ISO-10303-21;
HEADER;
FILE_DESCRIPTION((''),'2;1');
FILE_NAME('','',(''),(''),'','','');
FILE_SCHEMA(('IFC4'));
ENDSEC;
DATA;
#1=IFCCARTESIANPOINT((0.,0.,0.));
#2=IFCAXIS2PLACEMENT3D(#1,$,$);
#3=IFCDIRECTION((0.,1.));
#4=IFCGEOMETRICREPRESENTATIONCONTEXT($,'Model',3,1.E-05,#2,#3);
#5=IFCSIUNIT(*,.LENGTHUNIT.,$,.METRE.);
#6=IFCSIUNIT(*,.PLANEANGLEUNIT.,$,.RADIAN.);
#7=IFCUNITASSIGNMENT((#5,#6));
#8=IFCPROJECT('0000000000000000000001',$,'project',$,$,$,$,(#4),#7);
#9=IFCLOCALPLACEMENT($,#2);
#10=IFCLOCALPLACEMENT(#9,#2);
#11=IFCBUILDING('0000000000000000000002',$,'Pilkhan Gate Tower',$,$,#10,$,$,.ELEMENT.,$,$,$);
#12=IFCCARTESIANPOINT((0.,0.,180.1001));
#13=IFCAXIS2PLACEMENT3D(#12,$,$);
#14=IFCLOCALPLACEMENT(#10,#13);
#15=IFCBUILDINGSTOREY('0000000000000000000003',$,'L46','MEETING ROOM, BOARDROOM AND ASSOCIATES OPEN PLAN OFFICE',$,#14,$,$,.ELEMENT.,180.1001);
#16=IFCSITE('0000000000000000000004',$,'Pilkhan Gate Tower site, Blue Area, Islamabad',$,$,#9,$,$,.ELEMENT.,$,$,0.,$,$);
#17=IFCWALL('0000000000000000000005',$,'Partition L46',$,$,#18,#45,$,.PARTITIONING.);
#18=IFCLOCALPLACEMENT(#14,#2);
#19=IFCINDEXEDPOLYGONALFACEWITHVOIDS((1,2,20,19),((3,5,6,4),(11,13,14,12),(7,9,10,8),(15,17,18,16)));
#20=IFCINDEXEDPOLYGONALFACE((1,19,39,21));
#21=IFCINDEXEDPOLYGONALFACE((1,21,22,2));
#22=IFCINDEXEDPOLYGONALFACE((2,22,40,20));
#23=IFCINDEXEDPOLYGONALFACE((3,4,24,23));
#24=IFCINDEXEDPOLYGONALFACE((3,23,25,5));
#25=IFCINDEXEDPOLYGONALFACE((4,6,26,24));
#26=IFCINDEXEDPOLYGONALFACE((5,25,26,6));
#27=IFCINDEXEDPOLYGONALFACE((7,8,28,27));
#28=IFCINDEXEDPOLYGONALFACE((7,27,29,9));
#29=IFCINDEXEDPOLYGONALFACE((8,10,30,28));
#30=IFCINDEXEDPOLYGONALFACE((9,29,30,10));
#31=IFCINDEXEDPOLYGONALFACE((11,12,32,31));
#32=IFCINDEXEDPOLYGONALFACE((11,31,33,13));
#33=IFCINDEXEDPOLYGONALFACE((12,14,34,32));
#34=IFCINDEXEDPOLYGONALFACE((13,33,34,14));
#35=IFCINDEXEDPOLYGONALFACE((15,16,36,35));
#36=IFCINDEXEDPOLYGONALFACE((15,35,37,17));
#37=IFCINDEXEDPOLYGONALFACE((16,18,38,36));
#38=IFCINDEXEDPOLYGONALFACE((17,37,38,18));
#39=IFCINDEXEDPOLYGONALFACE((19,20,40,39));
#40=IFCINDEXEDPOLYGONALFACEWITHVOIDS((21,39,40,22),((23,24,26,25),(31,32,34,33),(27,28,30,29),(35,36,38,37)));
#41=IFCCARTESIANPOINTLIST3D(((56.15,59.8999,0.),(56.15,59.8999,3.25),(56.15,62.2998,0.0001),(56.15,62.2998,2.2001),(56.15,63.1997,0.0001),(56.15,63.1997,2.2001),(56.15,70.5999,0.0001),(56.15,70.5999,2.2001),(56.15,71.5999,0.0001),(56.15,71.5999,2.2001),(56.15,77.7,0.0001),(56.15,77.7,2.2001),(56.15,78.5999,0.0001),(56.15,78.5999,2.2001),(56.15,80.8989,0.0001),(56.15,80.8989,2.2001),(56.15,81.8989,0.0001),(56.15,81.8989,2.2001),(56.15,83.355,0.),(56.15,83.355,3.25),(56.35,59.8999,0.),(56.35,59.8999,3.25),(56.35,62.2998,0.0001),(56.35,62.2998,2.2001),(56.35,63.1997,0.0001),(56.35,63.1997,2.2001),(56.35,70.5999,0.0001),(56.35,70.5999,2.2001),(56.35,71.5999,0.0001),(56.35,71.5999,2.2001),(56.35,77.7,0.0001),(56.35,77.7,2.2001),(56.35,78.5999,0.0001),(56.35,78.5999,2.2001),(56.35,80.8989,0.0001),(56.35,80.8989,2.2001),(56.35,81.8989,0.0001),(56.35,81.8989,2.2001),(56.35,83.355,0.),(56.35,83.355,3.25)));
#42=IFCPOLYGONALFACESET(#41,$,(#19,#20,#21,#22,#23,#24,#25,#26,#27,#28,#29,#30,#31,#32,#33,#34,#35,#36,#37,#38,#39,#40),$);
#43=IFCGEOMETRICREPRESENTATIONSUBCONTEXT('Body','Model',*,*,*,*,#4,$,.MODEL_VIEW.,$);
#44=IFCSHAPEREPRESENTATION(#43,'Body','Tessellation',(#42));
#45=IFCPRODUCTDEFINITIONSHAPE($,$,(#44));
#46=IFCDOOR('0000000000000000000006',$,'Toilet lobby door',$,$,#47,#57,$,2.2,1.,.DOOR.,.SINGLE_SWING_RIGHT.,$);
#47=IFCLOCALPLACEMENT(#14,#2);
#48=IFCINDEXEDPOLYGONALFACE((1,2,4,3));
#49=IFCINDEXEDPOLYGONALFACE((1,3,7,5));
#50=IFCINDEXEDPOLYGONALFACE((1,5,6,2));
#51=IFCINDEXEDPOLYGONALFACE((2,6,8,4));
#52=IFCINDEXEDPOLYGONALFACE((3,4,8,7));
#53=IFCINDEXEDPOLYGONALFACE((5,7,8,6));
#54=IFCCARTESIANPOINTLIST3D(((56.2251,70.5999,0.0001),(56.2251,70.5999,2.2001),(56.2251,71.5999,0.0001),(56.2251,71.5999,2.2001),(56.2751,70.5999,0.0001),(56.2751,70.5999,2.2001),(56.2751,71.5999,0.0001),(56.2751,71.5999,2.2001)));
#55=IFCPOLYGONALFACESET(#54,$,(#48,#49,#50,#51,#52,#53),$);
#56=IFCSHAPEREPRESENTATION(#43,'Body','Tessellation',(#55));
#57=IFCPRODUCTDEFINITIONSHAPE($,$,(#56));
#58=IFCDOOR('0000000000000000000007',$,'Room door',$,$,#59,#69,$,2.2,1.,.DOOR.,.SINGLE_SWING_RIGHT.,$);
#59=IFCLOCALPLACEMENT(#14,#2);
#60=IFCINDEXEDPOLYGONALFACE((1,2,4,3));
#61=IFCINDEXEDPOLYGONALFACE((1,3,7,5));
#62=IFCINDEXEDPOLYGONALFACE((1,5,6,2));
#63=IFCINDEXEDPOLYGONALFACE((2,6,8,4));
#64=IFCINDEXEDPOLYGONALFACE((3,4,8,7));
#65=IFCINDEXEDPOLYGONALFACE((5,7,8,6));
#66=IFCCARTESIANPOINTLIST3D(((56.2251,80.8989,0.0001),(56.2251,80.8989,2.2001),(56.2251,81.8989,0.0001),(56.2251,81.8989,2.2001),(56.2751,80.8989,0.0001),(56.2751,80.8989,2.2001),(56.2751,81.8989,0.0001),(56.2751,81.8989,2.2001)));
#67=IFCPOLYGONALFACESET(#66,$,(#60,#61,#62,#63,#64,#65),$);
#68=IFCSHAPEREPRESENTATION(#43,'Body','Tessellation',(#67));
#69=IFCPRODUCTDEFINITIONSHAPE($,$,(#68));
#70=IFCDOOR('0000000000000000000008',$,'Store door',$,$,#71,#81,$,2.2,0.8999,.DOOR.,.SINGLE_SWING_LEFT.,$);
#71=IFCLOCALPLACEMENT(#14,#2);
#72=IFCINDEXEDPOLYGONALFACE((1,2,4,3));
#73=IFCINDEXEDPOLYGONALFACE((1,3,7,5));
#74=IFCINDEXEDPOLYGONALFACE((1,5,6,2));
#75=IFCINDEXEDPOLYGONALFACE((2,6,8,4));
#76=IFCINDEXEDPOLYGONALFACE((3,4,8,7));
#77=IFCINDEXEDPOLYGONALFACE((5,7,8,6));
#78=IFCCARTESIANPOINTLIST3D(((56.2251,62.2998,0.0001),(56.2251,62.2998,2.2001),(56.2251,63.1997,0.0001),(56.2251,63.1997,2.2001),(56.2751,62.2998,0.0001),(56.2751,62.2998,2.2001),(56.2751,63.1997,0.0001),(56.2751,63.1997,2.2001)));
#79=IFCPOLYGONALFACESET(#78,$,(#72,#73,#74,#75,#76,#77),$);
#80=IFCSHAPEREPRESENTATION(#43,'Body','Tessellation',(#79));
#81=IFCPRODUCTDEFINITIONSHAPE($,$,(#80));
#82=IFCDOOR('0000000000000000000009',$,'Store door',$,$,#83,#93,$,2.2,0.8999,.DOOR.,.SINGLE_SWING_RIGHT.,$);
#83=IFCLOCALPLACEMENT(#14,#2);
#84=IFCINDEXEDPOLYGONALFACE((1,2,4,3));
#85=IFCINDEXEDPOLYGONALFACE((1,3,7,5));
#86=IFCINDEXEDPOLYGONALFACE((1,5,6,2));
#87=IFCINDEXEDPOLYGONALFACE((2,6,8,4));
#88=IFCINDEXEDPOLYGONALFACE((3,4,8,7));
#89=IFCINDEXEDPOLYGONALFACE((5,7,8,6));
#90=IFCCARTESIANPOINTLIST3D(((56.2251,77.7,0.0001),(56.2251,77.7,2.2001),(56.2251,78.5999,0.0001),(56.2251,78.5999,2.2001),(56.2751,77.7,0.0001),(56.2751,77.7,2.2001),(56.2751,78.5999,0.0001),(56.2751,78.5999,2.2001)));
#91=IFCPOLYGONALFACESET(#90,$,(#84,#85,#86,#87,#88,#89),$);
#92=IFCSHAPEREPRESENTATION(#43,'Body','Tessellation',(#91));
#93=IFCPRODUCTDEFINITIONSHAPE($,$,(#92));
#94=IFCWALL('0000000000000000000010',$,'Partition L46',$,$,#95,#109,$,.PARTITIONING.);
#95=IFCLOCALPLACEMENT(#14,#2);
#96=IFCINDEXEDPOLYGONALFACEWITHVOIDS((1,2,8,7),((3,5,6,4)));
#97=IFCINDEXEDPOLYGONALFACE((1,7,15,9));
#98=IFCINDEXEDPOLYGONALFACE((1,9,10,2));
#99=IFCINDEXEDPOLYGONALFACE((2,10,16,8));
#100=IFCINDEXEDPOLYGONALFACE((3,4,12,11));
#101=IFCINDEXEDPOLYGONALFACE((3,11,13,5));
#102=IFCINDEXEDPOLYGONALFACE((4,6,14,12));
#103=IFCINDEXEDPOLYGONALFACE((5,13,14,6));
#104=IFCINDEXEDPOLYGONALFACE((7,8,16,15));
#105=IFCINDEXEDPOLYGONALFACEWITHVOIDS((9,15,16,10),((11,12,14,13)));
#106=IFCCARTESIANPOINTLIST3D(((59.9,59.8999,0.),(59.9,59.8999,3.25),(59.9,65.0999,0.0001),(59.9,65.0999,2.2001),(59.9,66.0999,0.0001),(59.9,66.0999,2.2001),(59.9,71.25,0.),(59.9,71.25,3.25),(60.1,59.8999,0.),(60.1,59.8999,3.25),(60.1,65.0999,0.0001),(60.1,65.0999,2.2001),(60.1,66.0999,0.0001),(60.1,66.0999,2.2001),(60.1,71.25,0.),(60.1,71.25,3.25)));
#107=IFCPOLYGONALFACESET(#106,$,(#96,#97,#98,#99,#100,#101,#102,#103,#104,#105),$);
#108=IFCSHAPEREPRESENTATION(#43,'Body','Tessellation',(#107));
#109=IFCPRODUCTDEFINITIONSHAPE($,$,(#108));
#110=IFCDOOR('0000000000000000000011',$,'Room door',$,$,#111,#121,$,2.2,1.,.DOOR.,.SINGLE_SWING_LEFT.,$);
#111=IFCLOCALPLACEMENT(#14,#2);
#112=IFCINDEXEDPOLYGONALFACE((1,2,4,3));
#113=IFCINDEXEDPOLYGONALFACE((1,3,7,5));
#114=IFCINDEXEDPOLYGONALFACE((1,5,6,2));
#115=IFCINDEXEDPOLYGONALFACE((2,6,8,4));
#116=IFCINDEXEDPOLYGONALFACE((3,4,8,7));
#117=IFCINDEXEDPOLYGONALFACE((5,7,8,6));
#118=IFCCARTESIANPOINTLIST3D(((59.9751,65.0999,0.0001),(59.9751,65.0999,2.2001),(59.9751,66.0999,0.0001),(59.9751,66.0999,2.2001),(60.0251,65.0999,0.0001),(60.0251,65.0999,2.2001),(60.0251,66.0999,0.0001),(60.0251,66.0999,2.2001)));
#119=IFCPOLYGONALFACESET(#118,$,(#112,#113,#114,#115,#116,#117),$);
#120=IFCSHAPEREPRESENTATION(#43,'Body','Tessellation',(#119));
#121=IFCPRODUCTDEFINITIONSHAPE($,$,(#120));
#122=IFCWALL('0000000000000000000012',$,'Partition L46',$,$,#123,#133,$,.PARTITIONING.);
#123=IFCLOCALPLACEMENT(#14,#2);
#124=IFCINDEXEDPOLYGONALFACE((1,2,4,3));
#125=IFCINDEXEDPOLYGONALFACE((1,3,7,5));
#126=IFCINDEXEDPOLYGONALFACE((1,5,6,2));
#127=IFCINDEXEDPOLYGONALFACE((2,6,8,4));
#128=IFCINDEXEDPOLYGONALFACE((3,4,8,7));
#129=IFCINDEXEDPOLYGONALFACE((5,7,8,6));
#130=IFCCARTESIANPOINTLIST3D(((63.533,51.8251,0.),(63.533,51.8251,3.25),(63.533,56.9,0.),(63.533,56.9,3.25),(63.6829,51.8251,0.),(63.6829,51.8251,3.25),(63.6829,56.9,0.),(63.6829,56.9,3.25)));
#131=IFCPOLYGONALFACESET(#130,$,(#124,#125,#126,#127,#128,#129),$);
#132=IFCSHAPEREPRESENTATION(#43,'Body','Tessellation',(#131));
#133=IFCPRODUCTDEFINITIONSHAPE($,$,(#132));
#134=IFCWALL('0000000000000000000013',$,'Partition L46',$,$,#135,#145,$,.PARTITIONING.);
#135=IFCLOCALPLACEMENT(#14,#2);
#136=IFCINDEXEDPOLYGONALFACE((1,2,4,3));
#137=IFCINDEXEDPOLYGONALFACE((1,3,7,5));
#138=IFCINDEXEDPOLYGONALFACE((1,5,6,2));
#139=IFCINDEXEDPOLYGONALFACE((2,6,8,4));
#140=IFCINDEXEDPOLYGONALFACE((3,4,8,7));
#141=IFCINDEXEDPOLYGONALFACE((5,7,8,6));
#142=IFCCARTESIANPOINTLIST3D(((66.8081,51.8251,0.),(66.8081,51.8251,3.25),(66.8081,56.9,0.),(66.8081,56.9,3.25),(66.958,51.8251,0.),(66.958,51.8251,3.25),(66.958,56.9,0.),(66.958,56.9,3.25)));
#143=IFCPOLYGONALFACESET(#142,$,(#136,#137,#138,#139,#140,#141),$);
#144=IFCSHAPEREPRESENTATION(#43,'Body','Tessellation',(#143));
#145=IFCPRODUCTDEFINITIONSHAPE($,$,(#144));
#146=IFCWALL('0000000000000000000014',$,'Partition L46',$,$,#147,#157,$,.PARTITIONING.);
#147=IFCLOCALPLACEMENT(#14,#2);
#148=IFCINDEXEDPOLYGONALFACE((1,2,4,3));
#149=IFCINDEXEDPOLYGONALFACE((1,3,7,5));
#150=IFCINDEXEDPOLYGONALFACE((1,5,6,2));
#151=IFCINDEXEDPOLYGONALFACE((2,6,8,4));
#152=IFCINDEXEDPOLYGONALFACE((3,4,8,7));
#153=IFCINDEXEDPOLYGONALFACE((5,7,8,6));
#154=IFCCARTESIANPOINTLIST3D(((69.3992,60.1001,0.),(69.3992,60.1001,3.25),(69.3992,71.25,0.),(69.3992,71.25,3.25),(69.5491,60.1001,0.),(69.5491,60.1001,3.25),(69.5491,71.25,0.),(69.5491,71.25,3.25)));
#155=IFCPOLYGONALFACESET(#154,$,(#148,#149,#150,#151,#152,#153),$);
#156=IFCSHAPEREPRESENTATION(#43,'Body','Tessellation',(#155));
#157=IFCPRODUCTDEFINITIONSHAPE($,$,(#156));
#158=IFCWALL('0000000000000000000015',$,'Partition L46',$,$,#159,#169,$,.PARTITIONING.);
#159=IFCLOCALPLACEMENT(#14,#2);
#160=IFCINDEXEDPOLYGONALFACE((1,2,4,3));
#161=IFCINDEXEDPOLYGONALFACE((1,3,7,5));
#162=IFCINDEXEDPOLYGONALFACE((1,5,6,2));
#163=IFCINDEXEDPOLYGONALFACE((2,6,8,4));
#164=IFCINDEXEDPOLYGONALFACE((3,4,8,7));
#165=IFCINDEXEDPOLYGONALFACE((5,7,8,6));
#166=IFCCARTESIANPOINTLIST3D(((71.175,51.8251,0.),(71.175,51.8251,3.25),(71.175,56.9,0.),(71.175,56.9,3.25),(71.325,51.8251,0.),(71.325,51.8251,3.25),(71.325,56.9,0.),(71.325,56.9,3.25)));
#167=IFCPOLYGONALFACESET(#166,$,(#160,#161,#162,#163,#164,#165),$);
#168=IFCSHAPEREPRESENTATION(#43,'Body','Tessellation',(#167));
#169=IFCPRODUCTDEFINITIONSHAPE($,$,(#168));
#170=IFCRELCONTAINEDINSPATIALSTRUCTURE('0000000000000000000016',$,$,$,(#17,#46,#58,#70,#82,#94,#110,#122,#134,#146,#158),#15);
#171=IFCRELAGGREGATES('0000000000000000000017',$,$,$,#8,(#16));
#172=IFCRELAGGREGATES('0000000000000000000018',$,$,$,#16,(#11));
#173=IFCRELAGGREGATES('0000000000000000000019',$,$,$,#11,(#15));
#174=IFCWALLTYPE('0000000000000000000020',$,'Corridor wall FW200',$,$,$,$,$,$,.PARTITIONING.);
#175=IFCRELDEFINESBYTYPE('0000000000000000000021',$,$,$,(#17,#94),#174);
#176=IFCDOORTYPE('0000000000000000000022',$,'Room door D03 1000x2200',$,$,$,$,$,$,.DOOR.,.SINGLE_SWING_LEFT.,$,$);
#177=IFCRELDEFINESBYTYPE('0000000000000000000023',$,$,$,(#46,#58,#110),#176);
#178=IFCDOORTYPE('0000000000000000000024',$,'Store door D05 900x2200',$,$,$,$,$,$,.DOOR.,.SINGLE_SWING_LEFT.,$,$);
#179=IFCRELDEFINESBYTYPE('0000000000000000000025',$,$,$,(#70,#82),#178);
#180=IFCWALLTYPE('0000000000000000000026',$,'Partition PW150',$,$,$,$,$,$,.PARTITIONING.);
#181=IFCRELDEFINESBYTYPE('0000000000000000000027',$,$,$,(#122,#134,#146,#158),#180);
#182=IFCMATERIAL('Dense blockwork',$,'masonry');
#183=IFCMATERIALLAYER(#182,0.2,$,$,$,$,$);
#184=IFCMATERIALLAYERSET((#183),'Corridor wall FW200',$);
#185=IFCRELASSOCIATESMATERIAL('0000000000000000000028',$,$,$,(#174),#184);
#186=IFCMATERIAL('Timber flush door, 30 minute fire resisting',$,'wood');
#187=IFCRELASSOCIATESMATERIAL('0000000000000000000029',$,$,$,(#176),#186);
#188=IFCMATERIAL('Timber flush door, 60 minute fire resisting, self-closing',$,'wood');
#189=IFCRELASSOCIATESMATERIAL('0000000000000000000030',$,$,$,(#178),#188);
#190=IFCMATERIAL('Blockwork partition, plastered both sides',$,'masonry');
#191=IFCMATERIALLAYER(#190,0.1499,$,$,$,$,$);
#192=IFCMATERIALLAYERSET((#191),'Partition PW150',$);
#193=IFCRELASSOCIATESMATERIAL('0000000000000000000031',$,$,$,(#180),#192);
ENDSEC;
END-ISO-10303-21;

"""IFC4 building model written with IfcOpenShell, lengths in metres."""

from ifc_helpers import new_model, si_unit, direction, frame, frame_2d, origin, place, context, subcontext, project, spatial, rectangle, extrude, material, layer, layer_set, type_object, element, fill, save


model = new_model("IFC4")

# Units and contexts
model_context = context("Model", 3, precision=1e-05, world=origin(), true_north=direction((0.0, 1.0)))
body_context = subcontext(model_context, "Body", "Model", "MODEL_VIEW")
ifc_project = project(units=[si_unit("LENGTHUNIT", "METRE"), si_unit("PLANEANGLEUNIT", "RADIAN")], contexts=[model_context])

# Site, building, storey
site_placement = place(None, origin())
site = spatial("IfcSite", under=ifc_project, at=site_placement, Name="Pilkhan Gate Tower site, Blue Area, Islamabad", CompositionType="ELEMENT", RefElevation=0.0)
building_placement = place(site_placement, origin())
building = spatial("IfcBuilding", under=site, at=building_placement, Name="Pilkhan Gate Tower", CompositionType="ELEMENT")
storey_placement = place(building_placement, frame((0.0, 0.0, 180.1001)))
storey = spatial("IfcBuildingStorey", under=building, at=storey_placement, Name="L46", Description="MEETING ROOM, BOARDROOM AND ASSOCIATES OPEN PLAN OFFICE", CompositionType="ELEMENT", Elevation=180.1001)

# Shared definitions
ifc_material_1 = material(Name="Dense blockwork", Category="masonry")
ifc_layer_1 = layer(ifc_material_1, 0.2)
ifc_layer_set_1 = layer_set([ifc_layer_1], Name="Corridor wall FW200")
wall_type_1 = type_object("IfcWallType", Name="Corridor wall FW200", PredefinedType="PARTITIONING", material=ifc_layer_set_1)
ifc_material_2 = material(Name="Timber flush door, 30 minute fire resisting", Category="wood")
door_type_1 = type_object("IfcDoorType", Name="Room door D03 1000x2200", OperationType="SINGLE_SWING_LEFT", PredefinedType="DOOR", material=ifc_material_2)

# Wall, openings, doors
wall_1_placement = place(storey_placement, frame((56.25, 59.8999, 0.0), z_axis=(0.0, 0.0, 1.0), x_axis=(0.0, 1.0, 0.0)))
wall_1 = element("IfcWall", 1, at=wall_1_placement, inside=storey, type_object=wall_type_1, Name="Partition L46", PredefinedType="PARTITIONING", context=body_context, shape_type="SweptSolid", body=[
    extrude(rectangle(XDim=23.4551, YDim=0.2, at=frame_2d((11.7275, 0.0))), origin(), (0.0, 0.0, 1.0), 3.25),
])
opening_1_placement = place(wall_1_placement, frame((10.7, 0.0, 0.0)))
opening_1 = element("IfcOpeningElement", 2, at=opening_1_placement, cuts=wall_1, PredefinedType="OPENING", context=body_context, shape_type="SweptSolid", body=[
    extrude(rectangle(XDim=1.0, YDim=2.2, at=frame_2d((0.5, 1.1001))), frame((0.0, 0.1099, 0.0), z_axis=(0.0, -1.0, 0.0), x_axis=(1.0, 0.0, 0.0)), (0.0, 0.0, 1.0), 0.22),
])
opening_2_placement = place(wall_1_placement, frame((2.3999, 0.0, 0.0)))
opening_2 = element("IfcOpeningElement", 3, at=opening_2_placement, cuts=wall_1, PredefinedType="OPENING", context=body_context, shape_type="SweptSolid", body=[
    extrude(rectangle(XDim=0.8999, YDim=2.2, at=frame_2d((0.45, 1.1001))), frame((0.0, 0.1099, 0.0), z_axis=(0.0, -1.0, 0.0), x_axis=(1.0, 0.0, 0.0)), (0.0, 0.0, 1.0), 0.22),
])
opening_3_placement = place(wall_1_placement, frame((17.8, 0.0, 0.0)))
opening_3 = element("IfcOpeningElement", 4, at=opening_3_placement, cuts=wall_1, PredefinedType="OPENING", context=body_context, shape_type="SweptSolid", body=[
    extrude(rectangle(XDim=0.8999, YDim=2.2, at=frame_2d((0.45, 1.1001))), frame((0.0, 0.1099, 0.0), z_axis=(0.0, -1.0, 0.0), x_axis=(1.0, 0.0, 0.0)), (0.0, 0.0, 1.0), 0.22),
])
opening_4_placement = place(wall_1_placement, frame((20.999, 0.0, 0.0)))
opening_4 = element("IfcOpeningElement", 5, at=opening_4_placement, cuts=wall_1, PredefinedType="OPENING", context=body_context, shape_type="SweptSolid", body=[
    extrude(rectangle(XDim=1.0, YDim=2.2, at=frame_2d((0.5, 1.1001))), frame((0.0, 0.1099, 0.0), z_axis=(0.0, -1.0, 0.0), x_axis=(1.0, 0.0, 0.0)), (0.0, 0.0, 1.0), 0.22),
])
door_1_placement = place(opening_1_placement, origin())
door_1 = element("IfcDoor", 6, at=door_1_placement, inside=storey, type_object=door_type_1, Name="Toilet lobby door", OperationType="SINGLE_SWING_RIGHT", OverallHeight=2.2, OverallWidth=1.0, PredefinedType="DOOR", context=body_context, shape_type="SweptSolid", body=[
    extrude(rectangle(XDim=1.0, YDim=2.2, at=frame_2d((0.5, 1.1001))), frame((0.0, 0.0249, 0.0), z_axis=(0.0, -1.0, 0.0), x_axis=(1.0, 0.0, 0.0)), (0.0, 0.0, 1.0), 0.05),
])
fill(opening_1, door_1)
door_2_placement = place(opening_4_placement, origin())
door_2 = element("IfcDoor", 7, at=door_2_placement, inside=storey, type_object=door_type_1, Name="Room door", OperationType="SINGLE_SWING_RIGHT", OverallHeight=2.2, OverallWidth=1.0, PredefinedType="DOOR", context=body_context, shape_type="SweptSolid", body=[
    extrude(rectangle(XDim=1.0, YDim=2.2, at=frame_2d((0.5, 1.1001))), frame((0.0, 0.0249, 0.0), z_axis=(0.0, -1.0, 0.0), x_axis=(1.0, 0.0, 0.0)), (0.0, 0.0, 1.0), 0.05),
])
fill(opening_4, door_2)
ifc_material_3 = material(Name="Timber flush door, 60 minute fire resisting, self-closing", Category="wood")
door_type_2 = type_object("IfcDoorType", Name="Store door D05 900x2200", OperationType="SINGLE_SWING_LEFT", PredefinedType="DOOR", material=ifc_material_3)
door_3_placement = place(opening_2_placement, origin())
door_3 = element("IfcDoor", 8, at=door_3_placement, inside=storey, type_object=door_type_2, Name="Store door", OperationType="SINGLE_SWING_LEFT", OverallHeight=2.2, OverallWidth=0.8999, PredefinedType="DOOR", context=body_context, shape_type="SweptSolid", body=[
    extrude(rectangle(XDim=0.8999, YDim=2.2, at=frame_2d((0.45, 1.1001))), frame((0.0, 0.0249, 0.0), z_axis=(0.0, -1.0, 0.0), x_axis=(1.0, 0.0, 0.0)), (0.0, 0.0, 1.0), 0.05),
])
fill(opening_2, door_3)
door_4_placement = place(opening_3_placement, origin())
door_4 = element("IfcDoor", 9, at=door_4_placement, inside=storey, type_object=door_type_2, Name="Store door", OperationType="SINGLE_SWING_RIGHT", OverallHeight=2.2, OverallWidth=0.8999, PredefinedType="DOOR", context=body_context, shape_type="SweptSolid", body=[
    extrude(rectangle(XDim=0.8999, YDim=2.2, at=frame_2d((0.45, 1.1001))), frame((0.0, 0.0249, 0.0), z_axis=(0.0, -1.0, 0.0), x_axis=(1.0, 0.0, 0.0)), (0.0, 0.0, 1.0), 0.05),
])
fill(opening_3, door_4)

# Wall, opening, door
wall_2_placement = place(storey_placement, frame((60.0, 59.8999, 0.0), z_axis=(0.0, 0.0, 1.0), x_axis=(0.0, 1.0, 0.0)))
wall_2 = element("IfcWall", 10, at=wall_2_placement, inside=storey, type_object=wall_type_1, Name="Partition L46", PredefinedType="PARTITIONING", context=body_context, shape_type="SweptSolid", body=[
    extrude(rectangle(XDim=11.3501, YDim=0.2, at=frame_2d((5.675, 0.0))), origin(), (0.0, 0.0, 1.0), 3.25),
])
opening_5_placement = place(wall_2_placement, frame((5.2, 0.0, 0.0)))
opening_5 = element("IfcOpeningElement", 11, at=opening_5_placement, cuts=wall_2, PredefinedType="OPENING", context=body_context, shape_type="SweptSolid", body=[
    extrude(rectangle(XDim=1.0, YDim=2.2, at=frame_2d((0.5, 1.1001))), frame((0.0, 0.1099, 0.0), z_axis=(0.0, -1.0, 0.0), x_axis=(1.0, 0.0, 0.0)), (0.0, 0.0, 1.0), 0.22),
])
door_5_placement = place(opening_5_placement, origin())
door_5 = element("IfcDoor", 12, at=door_5_placement, inside=storey, type_object=door_type_1, Name="Room door", OperationType="SINGLE_SWING_LEFT", OverallHeight=2.2, OverallWidth=1.0, PredefinedType="DOOR", context=body_context, shape_type="SweptSolid", body=[
    extrude(rectangle(XDim=1.0, YDim=2.2, at=frame_2d((0.5, 1.1001))), frame((0.0, 0.0249, 0.0), z_axis=(0.0, -1.0, 0.0), x_axis=(1.0, 0.0, 0.0)), (0.0, 0.0, 1.0), 0.05),
])
fill(opening_5, door_5)

# Walls
ifc_material_4 = material(Name="Blockwork partition, plastered both sides", Category="masonry")
ifc_layer_2 = layer(ifc_material_4, 0.1499)
ifc_layer_set_2 = layer_set([ifc_layer_2], Name="Partition PW150")
wall_type_2 = type_object("IfcWallType", Name="Partition PW150", PredefinedType="PARTITIONING", material=ifc_layer_set_2)
for number, where, z_axis, x_axis, name in (
    (13, (63.6079, 51.825, 0.0), (0.0, 0.0, 1.0), (0.0, 1.0, 0.0), "Partition L46"),
    (14, (66.8831, 51.825, 0.0), (0.0, 0.0, 1.0), (0.0, 1.0, 0.0), "Partition L46"),
):
    element("IfcWall", number, at=place(storey_placement, frame(where, z_axis=z_axis, x_axis=x_axis)), inside=storey, type_object=wall_type_2, Name=name, PredefinedType="PARTITIONING", context=body_context, shape_type="SweptSolid", body=[
        extrude(rectangle(XDim=5.075, YDim=0.1499, at=frame_2d((2.5376, 0.0))), origin(), (0.0, 0.0, 1.0), 3.25),
    ])
wall_3_placement = place(storey_placement, frame((69.4741, 60.1001, 0.0), z_axis=(0.0, 0.0, 1.0), x_axis=(0.0, 1.0, 0.0)))
element("IfcWall", 15, at=wall_3_placement, inside=storey, type_object=wall_type_2, Name="Partition L46", PredefinedType="PARTITIONING", context=body_context, shape_type="SweptSolid", body=[
    extrude(rectangle(XDim=11.1499, YDim=0.1499, at=frame_2d((5.575, 0.0))), origin(), (0.0, 0.0, 1.0), 3.25),
])
wall_4_placement = place(storey_placement, frame((71.25, 51.825, 0.0), z_axis=(0.0, 0.0, 1.0), x_axis=(0.0, 1.0, 0.0)))
element("IfcWall", 16, at=wall_4_placement, inside=storey, type_object=wall_type_2, Name="Partition L46", PredefinedType="PARTITIONING", context=body_context, shape_type="SweptSolid", body=[
    extrude(rectangle(XDim=5.075, YDim=0.1499, at=frame_2d((2.5376, 0.0))), origin(), (0.0, 0.0, 1.0), 3.25),
])

save(model, "model.ifc")
